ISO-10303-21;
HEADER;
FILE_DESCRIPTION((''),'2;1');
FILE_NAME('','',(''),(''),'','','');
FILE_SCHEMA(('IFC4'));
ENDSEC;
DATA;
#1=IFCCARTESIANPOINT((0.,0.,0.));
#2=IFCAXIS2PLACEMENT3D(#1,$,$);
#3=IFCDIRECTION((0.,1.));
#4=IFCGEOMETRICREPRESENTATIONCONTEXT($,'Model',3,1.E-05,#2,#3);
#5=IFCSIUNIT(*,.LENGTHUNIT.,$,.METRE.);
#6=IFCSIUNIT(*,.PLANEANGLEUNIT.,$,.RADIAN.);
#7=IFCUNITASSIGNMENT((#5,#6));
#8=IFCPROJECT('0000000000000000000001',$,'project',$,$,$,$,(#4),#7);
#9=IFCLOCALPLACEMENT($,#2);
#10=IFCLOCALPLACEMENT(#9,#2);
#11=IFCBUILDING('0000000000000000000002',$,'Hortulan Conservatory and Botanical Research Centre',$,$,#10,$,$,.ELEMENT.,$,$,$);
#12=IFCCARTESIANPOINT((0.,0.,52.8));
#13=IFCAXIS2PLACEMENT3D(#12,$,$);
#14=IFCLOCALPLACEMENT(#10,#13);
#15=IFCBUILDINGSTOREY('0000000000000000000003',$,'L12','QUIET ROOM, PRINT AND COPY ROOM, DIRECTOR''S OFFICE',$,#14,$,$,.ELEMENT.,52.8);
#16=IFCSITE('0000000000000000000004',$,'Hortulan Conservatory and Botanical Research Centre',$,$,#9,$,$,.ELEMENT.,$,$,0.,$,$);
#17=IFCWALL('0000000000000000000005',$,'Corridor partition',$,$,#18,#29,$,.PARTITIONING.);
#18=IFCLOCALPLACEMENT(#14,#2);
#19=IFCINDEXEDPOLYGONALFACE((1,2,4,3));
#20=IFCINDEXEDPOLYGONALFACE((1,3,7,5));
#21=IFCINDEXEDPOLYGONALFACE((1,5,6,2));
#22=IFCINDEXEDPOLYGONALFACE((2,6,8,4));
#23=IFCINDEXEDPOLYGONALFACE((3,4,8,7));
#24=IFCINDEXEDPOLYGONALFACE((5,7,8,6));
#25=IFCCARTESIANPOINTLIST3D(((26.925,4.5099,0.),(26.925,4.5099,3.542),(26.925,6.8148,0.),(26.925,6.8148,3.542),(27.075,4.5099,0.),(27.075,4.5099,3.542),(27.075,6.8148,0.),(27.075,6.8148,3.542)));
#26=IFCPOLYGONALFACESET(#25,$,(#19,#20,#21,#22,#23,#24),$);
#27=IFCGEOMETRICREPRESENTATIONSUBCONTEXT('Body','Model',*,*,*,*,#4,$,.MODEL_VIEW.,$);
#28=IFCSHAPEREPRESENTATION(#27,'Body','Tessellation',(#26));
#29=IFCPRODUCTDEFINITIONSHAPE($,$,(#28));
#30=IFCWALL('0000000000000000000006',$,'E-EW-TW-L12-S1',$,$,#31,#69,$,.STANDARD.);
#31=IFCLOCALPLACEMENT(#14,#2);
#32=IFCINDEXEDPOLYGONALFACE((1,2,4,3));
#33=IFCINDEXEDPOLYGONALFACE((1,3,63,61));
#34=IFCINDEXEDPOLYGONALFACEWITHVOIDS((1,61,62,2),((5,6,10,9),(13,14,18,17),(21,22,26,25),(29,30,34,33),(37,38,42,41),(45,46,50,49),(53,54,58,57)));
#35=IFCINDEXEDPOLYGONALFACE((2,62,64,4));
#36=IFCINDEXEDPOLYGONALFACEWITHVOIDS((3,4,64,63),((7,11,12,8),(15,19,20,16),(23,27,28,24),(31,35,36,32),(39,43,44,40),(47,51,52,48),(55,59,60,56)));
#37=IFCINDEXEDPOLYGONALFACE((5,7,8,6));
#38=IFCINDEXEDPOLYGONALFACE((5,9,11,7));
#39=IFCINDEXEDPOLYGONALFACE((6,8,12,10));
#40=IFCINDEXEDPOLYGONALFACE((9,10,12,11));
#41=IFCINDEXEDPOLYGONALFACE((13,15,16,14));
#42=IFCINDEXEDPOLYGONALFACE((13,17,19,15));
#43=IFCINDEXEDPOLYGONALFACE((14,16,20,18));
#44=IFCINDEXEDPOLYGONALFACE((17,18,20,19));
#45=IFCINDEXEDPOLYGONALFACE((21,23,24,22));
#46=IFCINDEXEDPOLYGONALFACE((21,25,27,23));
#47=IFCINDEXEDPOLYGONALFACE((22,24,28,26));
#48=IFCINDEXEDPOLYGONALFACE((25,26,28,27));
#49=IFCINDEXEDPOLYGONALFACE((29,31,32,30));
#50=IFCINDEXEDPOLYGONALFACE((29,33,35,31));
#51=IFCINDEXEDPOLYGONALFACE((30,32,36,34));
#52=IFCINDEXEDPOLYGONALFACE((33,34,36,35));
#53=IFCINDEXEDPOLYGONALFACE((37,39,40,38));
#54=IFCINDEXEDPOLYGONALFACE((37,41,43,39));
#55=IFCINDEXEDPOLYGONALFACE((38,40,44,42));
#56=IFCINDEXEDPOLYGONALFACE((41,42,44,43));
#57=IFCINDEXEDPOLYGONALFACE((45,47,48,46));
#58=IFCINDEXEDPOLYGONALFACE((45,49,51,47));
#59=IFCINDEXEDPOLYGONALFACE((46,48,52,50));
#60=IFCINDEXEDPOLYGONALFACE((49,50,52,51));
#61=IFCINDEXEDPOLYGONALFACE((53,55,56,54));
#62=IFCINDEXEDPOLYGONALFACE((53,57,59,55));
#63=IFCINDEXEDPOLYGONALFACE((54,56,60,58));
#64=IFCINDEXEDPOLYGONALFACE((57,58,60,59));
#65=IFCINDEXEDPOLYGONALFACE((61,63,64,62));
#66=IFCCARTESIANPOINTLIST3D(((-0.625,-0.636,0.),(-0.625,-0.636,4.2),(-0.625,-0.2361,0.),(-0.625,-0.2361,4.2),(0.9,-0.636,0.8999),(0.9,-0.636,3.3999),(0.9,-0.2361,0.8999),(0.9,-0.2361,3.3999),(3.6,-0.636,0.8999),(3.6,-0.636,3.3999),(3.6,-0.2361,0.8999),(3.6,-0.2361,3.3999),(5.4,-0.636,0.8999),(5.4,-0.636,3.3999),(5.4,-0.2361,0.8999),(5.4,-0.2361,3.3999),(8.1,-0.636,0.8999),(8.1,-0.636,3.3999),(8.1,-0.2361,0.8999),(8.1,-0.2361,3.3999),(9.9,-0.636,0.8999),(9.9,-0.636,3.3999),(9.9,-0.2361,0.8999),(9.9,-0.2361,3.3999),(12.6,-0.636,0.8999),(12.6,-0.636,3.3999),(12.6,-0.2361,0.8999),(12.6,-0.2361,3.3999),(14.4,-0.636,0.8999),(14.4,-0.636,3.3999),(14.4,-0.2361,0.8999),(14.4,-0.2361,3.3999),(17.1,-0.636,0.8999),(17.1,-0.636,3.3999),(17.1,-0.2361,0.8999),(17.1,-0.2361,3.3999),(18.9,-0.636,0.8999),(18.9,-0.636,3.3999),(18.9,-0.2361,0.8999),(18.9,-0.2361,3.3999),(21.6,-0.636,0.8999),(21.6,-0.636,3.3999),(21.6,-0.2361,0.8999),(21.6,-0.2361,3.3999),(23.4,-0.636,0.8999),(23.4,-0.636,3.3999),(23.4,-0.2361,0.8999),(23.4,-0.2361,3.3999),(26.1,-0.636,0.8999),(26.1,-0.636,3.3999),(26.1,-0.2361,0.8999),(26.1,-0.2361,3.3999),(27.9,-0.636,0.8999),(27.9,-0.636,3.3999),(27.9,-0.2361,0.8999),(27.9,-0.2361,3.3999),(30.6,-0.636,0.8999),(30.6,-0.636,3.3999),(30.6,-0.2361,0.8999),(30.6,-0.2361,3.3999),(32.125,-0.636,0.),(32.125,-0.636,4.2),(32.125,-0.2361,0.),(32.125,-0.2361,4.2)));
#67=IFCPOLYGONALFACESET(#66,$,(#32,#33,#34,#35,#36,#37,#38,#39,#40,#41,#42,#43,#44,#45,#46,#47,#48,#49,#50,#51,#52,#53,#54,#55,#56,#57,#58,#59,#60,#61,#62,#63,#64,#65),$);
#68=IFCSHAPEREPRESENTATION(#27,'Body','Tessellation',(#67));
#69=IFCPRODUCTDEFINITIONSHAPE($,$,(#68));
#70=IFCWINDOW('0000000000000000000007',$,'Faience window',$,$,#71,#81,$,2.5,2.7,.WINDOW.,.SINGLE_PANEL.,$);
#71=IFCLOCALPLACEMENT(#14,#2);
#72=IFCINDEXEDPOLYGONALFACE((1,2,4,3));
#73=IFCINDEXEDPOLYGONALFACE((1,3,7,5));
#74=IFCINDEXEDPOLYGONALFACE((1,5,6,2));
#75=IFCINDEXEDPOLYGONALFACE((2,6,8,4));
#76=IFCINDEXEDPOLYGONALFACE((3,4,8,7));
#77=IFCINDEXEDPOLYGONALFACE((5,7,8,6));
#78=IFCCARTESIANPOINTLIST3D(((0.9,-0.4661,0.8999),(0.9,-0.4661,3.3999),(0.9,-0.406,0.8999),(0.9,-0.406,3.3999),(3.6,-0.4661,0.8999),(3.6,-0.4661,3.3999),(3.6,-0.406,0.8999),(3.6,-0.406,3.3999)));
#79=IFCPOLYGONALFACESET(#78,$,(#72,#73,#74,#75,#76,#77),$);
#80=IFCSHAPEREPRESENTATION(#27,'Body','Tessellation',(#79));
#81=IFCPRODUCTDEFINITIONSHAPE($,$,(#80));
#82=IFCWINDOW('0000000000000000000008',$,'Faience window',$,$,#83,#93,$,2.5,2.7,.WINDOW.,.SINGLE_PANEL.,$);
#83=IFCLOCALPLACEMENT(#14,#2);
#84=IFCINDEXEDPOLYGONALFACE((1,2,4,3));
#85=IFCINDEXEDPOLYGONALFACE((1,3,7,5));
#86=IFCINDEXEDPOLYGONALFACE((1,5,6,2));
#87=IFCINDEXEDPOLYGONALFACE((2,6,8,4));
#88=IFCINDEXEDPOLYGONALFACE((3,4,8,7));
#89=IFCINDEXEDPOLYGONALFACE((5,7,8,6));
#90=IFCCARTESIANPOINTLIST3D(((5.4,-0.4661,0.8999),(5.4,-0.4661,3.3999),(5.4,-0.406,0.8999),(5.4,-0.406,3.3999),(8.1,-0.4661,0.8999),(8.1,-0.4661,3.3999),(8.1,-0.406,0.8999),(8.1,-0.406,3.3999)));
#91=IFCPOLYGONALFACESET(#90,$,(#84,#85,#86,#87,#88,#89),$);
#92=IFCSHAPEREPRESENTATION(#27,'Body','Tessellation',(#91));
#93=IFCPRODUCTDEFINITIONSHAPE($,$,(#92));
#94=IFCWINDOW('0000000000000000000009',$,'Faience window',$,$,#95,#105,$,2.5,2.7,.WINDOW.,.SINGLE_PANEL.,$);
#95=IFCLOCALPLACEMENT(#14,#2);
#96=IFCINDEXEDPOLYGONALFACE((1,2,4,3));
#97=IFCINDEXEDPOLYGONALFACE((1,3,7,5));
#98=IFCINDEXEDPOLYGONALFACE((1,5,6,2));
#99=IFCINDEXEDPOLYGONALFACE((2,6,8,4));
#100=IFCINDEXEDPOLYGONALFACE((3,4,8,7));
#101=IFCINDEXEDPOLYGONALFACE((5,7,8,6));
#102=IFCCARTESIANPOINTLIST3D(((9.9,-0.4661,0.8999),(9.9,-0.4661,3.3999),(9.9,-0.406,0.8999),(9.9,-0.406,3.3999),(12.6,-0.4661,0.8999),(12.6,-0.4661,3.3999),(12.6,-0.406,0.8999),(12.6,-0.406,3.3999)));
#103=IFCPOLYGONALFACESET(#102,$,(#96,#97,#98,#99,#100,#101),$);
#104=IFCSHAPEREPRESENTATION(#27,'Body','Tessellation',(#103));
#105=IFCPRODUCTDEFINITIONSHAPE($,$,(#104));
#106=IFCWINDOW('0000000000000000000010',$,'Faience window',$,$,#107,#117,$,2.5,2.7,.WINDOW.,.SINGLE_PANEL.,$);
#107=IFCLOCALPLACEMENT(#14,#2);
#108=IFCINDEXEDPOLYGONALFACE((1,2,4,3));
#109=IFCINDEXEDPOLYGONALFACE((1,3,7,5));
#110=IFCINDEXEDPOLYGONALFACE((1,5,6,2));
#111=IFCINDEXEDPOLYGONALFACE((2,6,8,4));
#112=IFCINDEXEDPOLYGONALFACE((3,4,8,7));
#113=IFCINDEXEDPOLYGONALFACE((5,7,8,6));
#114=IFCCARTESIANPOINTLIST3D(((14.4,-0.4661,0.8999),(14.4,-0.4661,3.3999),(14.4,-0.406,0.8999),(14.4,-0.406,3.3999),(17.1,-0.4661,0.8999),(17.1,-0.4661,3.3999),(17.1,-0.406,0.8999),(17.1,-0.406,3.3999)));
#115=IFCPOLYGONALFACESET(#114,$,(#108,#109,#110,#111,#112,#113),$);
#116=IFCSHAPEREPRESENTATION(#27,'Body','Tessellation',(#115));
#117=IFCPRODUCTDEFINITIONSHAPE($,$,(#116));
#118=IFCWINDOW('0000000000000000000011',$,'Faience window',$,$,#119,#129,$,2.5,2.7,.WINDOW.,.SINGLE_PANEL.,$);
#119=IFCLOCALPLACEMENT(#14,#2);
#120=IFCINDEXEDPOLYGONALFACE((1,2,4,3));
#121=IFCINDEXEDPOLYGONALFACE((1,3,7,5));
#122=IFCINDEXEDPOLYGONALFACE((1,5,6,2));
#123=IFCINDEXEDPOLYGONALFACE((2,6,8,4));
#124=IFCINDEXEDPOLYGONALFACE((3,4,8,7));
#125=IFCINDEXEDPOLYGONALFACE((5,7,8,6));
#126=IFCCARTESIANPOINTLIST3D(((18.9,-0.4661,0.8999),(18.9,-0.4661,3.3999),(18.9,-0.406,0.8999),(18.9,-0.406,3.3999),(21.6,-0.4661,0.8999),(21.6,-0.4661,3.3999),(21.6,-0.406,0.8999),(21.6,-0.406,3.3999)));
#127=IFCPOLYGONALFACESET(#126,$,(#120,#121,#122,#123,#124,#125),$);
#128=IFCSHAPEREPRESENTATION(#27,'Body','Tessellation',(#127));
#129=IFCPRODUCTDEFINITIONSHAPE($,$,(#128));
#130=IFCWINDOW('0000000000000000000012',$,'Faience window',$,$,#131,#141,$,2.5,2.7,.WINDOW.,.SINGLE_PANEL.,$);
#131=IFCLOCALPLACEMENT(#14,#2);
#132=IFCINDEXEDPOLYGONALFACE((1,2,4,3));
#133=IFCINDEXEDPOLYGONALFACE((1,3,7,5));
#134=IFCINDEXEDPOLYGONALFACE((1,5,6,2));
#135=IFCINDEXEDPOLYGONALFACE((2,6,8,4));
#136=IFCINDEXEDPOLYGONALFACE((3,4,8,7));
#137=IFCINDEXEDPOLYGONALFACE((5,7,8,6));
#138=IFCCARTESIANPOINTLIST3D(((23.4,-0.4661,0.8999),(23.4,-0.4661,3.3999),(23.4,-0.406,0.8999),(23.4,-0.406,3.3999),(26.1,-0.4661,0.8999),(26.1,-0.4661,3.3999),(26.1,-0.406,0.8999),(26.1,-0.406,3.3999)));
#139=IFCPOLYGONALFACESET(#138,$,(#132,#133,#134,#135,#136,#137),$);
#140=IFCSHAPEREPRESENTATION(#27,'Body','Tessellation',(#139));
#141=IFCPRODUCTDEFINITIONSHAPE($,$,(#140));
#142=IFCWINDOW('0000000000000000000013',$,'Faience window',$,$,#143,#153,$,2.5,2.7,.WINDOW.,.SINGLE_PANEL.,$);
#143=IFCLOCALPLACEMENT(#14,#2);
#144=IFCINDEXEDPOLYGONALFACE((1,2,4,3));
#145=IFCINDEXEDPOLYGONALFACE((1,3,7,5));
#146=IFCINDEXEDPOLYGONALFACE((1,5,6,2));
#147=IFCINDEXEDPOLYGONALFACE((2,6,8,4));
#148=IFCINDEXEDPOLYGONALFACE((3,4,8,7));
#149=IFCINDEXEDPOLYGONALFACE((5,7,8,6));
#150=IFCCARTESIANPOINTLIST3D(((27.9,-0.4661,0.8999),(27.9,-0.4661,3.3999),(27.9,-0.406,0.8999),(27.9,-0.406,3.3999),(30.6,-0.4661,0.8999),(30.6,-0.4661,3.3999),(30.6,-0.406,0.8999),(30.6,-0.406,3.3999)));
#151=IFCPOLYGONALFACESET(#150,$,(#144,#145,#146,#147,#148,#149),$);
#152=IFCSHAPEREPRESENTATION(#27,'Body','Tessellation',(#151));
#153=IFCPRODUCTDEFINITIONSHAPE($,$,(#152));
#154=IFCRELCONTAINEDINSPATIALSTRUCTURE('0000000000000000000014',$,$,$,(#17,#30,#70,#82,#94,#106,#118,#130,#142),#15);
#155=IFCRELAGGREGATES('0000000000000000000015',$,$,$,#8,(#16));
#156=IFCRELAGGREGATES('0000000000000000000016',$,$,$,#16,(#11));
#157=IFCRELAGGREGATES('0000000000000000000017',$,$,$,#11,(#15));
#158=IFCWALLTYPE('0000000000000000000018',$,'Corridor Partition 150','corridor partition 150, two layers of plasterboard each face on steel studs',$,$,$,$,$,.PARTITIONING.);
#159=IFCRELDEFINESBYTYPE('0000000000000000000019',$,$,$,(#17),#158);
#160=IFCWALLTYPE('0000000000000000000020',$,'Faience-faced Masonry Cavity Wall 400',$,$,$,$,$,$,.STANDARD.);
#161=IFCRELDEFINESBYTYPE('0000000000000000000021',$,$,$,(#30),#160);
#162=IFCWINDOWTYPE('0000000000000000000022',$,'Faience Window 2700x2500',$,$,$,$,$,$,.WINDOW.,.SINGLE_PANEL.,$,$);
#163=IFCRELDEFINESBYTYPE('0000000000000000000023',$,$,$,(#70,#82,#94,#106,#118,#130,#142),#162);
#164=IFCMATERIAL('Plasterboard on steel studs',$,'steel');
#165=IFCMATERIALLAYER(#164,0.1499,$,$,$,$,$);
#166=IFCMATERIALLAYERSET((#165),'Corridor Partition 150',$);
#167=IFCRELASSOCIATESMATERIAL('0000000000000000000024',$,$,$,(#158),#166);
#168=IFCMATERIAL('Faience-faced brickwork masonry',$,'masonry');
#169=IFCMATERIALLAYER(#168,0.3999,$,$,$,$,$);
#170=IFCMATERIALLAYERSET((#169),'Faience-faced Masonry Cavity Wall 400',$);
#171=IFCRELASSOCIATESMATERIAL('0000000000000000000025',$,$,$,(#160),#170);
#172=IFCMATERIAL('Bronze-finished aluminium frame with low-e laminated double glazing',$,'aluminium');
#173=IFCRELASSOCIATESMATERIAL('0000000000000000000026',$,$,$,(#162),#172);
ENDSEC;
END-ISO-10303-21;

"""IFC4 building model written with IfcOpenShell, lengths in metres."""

from ifc_helpers import new_model, si_unit, direction, frame, frame_2d, origin, place, context, subcontext, project, spatial, rectangle, extrude, material, layer, layer_set, type_object, element, fill, save


model = new_model("IFC4")

# Units and contexts
model_context = context("Model", 3, precision=1e-05, world=origin(), true_north=direction((0.0, 1.0)))
body_context = subcontext(model_context, "Body", "Model", "MODEL_VIEW")
ifc_project = project(units=[si_unit("LENGTHUNIT", "METRE"), si_unit("PLANEANGLEUNIT", "RADIAN")], contexts=[model_context])

# Site, building, storey
site_placement = place(None, origin())
site = spatial("IfcSite", under=ifc_project, at=site_placement, Name="Hortulan Conservatory and Botanical Research Centre", CompositionType="ELEMENT", RefElevation=0.0)
building_placement = place(site_placement, origin())
building = spatial("IfcBuilding", under=site, at=building_placement, Name="Hortulan Conservatory and Botanical Research Centre", CompositionType="ELEMENT")
storey_placement = place(building_placement, frame((0.0, 0.0, 52.8)))
storey = spatial("IfcBuildingStorey", under=building, at=storey_placement, Name="L12", Description="QUIET ROOM, PRINT AND COPY ROOM, DIRECTOR'S OFFICE", CompositionType="ELEMENT", Elevation=52.8)

# Wall
ifc_material_1 = material(Name="Plasterboard on steel studs", Category="steel")
ifc_layer_1 = layer(ifc_material_1, 0.1499)
ifc_layer_set_1 = layer_set([ifc_layer_1], Name="Corridor Partition 150")
wall_type_1 = type_object("IfcWallType", Name="Corridor Partition 150", Description="corridor partition 150, two layers of plasterboard each face on steel studs", PredefinedType="PARTITIONING", material=ifc_layer_set_1)
wall_1_placement = place(storey_placement, frame((27.0, 4.51, 0.0), z_axis=(0.0, 0.0, 1.0), x_axis=(0.0, 1.0, 0.0)))
element("IfcWall", 1, at=wall_1_placement, inside=storey, type_object=wall_type_1, Name="Corridor partition", PredefinedType="PARTITIONING", context=body_context, shape_type="SweptSolid", body=[
    extrude(rectangle(XDim=2.3049, YDim=0.1499, at=frame_2d((1.1523, 0.0))), origin(), (0.0, 0.0, 1.0), 3.542),
])

# Wall, openings, windows
ifc_material_2 = material(Name="Faience-faced brickwork masonry", Category="masonry")
ifc_layer_2 = layer(ifc_material_2, 0.3999)
ifc_layer_set_2 = layer_set([ifc_layer_2], Name="Faience-faced Masonry Cavity Wall 400")
wall_type_2 = type_object("IfcWallType", Name="Faience-faced Masonry Cavity Wall 400", PredefinedType="STANDARD", material=ifc_layer_set_2)
wall_2_placement = place(storey_placement, frame((32.125, -0.436, 0.0), z_axis=(0.0, 0.0, 1.0), x_axis=(-1.0, 0.0, 0.0)))
wall_2 = element("IfcWall", 2, at=wall_2_placement, inside=storey, type_object=wall_type_2, Name="E-EW-TW-L12-S1", PredefinedType="STANDARD", context=body_context, shape_type="SweptSolid", body=[
    extrude(rectangle(XDim=32.75, YDim=0.3999, at=frame_2d((16.375, 0.0))), origin(), (0.0, 0.0, 1.0), 4.2),
])
opening_1_placement = place(wall_2_placement, frame((28.5249, 0.0, 0.8999)))
opening_1 = element("IfcOpeningElement", 3, at=opening_1_placement, cuts=wall_2, PredefinedType="OPENING", context=body_context, shape_type="SweptSolid", body=[
    extrude(rectangle(XDim=2.7, YDim=2.5, at=frame_2d((1.3501, 1.25))), frame((0.0, 0.21, 0.0), z_axis=(0.0, -1.0, 0.0), x_axis=(1.0, 0.0, 0.0)), (0.0, 0.0, 1.0), 0.4199),
])
opening_2_placement = place(wall_2_placement, frame((24.0249, 0.0, 0.8999)))
opening_2 = element("IfcOpeningElement", 4, at=opening_2_placement, cuts=wall_2, PredefinedType="OPENING", context=body_context, shape_type="SweptSolid", body=[
    extrude(rectangle(XDim=2.7, YDim=2.5, at=frame_2d((1.3501, 1.25))), frame((0.0, 0.21, 0.0), z_axis=(0.0, -1.0, 0.0), x_axis=(1.0, 0.0, 0.0)), (0.0, 0.0, 1.0), 0.4199),
])
opening_3_placement = place(wall_2_placement, frame((19.5249, 0.0, 0.8999)))
opening_3 = element("IfcOpeningElement", 5, at=opening_3_placement, cuts=wall_2, PredefinedType="OPENING", context=body_context, shape_type="SweptSolid", body=[
    extrude(rectangle(XDim=2.7, YDim=2.5, at=frame_2d((1.3501, 1.25))), frame((0.0, 0.21, 0.0), z_axis=(0.0, -1.0, 0.0), x_axis=(1.0, 0.0, 0.0)), (0.0, 0.0, 1.0), 0.4199),
])
opening_4_placement = place(wall_2_placement, frame((15.0249, 0.0, 0.8999)))
opening_4 = element("IfcOpeningElement", 6, at=opening_4_placement, cuts=wall_2, PredefinedType="OPENING", context=body_context, shape_type="SweptSolid", body=[
    extrude(rectangle(XDim=2.7, YDim=2.5, at=frame_2d((1.3501, 1.25))), frame((0.0, 0.21, 0.0), z_axis=(0.0, -1.0, 0.0), x_axis=(1.0, 0.0, 0.0)), (0.0, 0.0, 1.0), 0.4199),
])
opening_5_placement = place(wall_2_placement, frame((10.5249, 0.0, 0.8999)))
opening_5 = element("IfcOpeningElement", 7, at=opening_5_placement, cuts=wall_2, PredefinedType="OPENING", context=body_context, shape_type="SweptSolid", body=[
    extrude(rectangle(XDim=2.7, YDim=2.5, at=frame_2d((1.3501, 1.25))), frame((0.0, 0.21, 0.0), z_axis=(0.0, -1.0, 0.0), x_axis=(1.0, 0.0, 0.0)), (0.0, 0.0, 1.0), 0.4199),
])
opening_6_placement = place(wall_2_placement, frame((6.0249, 0.0, 0.8999)))
opening_6 = element("IfcOpeningElement", 8, at=opening_6_placement, cuts=wall_2, PredefinedType="OPENING", context=body_context, shape_type="SweptSolid", body=[
    extrude(rectangle(XDim=2.7, YDim=2.5, at=frame_2d((1.3501, 1.25))), frame((0.0, 0.21, 0.0), z_axis=(0.0, -1.0, 0.0), x_axis=(1.0, 0.0, 0.0)), (0.0, 0.0, 1.0), 0.4199),
])
opening_7_placement = place(wall_2_placement, frame((1.5249, 0.0, 0.8999)))
opening_7 = element("IfcOpeningElement", 9, at=opening_7_placement, cuts=wall_2, PredefinedType="OPENING", context=body_context, shape_type="SweptSolid", body=[
    extrude(rectangle(XDim=2.7, YDim=2.5, at=frame_2d((1.3501, 1.25))), frame((0.0, 0.21, 0.0), z_axis=(0.0, -1.0, 0.0), x_axis=(1.0, 0.0, 0.0)), (0.0, 0.0, 1.0), 0.4199),
])
ifc_material_3 = material(Name="Bronze-finished aluminium frame with low-e laminated double glazing", Category="aluminium")
window_type = type_object("IfcWindowType", Name="Faience Window 2700x2500", PartitioningType="SINGLE_PANEL", PredefinedType="WINDOW", material=ifc_material_3)
window_1_placement = place(opening_1_placement, origin())
window_1 = element("IfcWindow", 10, at=window_1_placement, inside=storey, type_object=window_type, Name="Faience window", OverallHeight=2.5, OverallWidth=2.7, PartitioningType="SINGLE_PANEL", PredefinedType="WINDOW", context=body_context, shape_type="SweptSolid", body=[
    extrude(rectangle(XDim=2.7, YDim=2.5, at=frame_2d((1.3501, 1.25))), frame((0.0, 0.03, 0.0), z_axis=(0.0, -1.0, 0.0), x_axis=(1.0, 0.0, 0.0)), (0.0, 0.0, 1.0), 0.0601),
])
fill(opening_1, window_1)
window_2_placement = place(opening_2_placement, origin())
window_2 = element("IfcWindow", 11, at=window_2_placement, inside=storey, type_object=window_type, Name="Faience window", OverallHeight=2.5, OverallWidth=2.7, PartitioningType="SINGLE_PANEL", PredefinedType="WINDOW", context=body_context, shape_type="SweptSolid", body=[
    extrude(rectangle(XDim=2.7, YDim=2.5, at=frame_2d((1.3501, 1.25))), frame((0.0, 0.03, 0.0), z_axis=(0.0, -1.0, 0.0), x_axis=(1.0, 0.0, 0.0)), (0.0, 0.0, 1.0), 0.0601),
])
fill(opening_2, window_2)
window_3_placement = place(opening_3_placement, origin())
window_3 = element("IfcWindow", 12, at=window_3_placement, inside=storey, type_object=window_type, Name="Faience window", OverallHeight=2.5, OverallWidth=2.7, PartitioningType="SINGLE_PANEL", PredefinedType="WINDOW", context=body_context, shape_type="SweptSolid", body=[
    extrude(rectangle(XDim=2.7, YDim=2.5, at=frame_2d((1.3501, 1.25))), frame((0.0, 0.03, 0.0), z_axis=(0.0, -1.0, 0.0), x_axis=(1.0, 0.0, 0.0)), (0.0, 0.0, 1.0), 0.0601),
])
fill(opening_3, window_3)
window_4_placement = place(opening_4_placement, origin())
window_4 = element("IfcWindow", 13, at=window_4_placement, inside=storey, type_object=window_type, Name="Faience window", OverallHeight=2.5, OverallWidth=2.7, PartitioningType="SINGLE_PANEL", PredefinedType="WINDOW", context=body_context, shape_type="SweptSolid", body=[
    extrude(rectangle(XDim=2.7, YDim=2.5, at=frame_2d((1.3501, 1.25))), frame((0.0, 0.03, 0.0), z_axis=(0.0, -1.0, 0.0), x_axis=(1.0, 0.0, 0.0)), (0.0, 0.0, 1.0), 0.0601),
])
fill(opening_4, window_4)
window_5_placement = place(opening_5_placement, origin())
window_5 = element("IfcWindow", 14, at=window_5_placement, inside=storey, type_object=window_type, Name="Faience window", OverallHeight=2.5, OverallWidth=2.7, PartitioningType="SINGLE_PANEL", PredefinedType="WINDOW", context=body_context, shape_type="SweptSolid", body=[
    extrude(rectangle(XDim=2.7, YDim=2.5, at=frame_2d((1.3501, 1.25))), frame((0.0, 0.03, 0.0), z_axis=(0.0, -1.0, 0.0), x_axis=(1.0, 0.0, 0.0)), (0.0, 0.0, 1.0), 0.0601),
])
fill(opening_5, window_5)
window_6_placement = place(opening_6_placement, origin())
window_6 = element("IfcWindow", 15, at=window_6_placement, inside=storey, type_object=window_type, Name="Faience window", OverallHeight=2.5, OverallWidth=2.7, PartitioningType="SINGLE_PANEL", PredefinedType="WINDOW", context=body_context, shape_type="SweptSolid", body=[
    extrude(rectangle(XDim=2.7, YDim=2.5, at=frame_2d((1.3501, 1.25))), frame((0.0, 0.03, 0.0), z_axis=(0.0, -1.0, 0.0), x_axis=(1.0, 0.0, 0.0)), (0.0, 0.0, 1.0), 0.0601),
])
fill(opening_6, window_6)
window_7_placement = place(opening_7_placement, origin())
window_7 = element("IfcWindow", 16, at=window_7_placement, inside=storey, type_object=window_type, Name="Faience window", OverallHeight=2.5, OverallWidth=2.7, PartitioningType="SINGLE_PANEL", PredefinedType="WINDOW", context=body_context, shape_type="SweptSolid", body=[
    extrude(rectangle(XDim=2.7, YDim=2.5, at=frame_2d((1.3501, 1.25))), frame((0.0, 0.03, 0.0), z_axis=(0.0, -1.0, 0.0), x_axis=(1.0, 0.0, 0.0)), (0.0, 0.0, 1.0), 0.0601),
])
fill(opening_7, window_7)

save(model, "model.ifc")
